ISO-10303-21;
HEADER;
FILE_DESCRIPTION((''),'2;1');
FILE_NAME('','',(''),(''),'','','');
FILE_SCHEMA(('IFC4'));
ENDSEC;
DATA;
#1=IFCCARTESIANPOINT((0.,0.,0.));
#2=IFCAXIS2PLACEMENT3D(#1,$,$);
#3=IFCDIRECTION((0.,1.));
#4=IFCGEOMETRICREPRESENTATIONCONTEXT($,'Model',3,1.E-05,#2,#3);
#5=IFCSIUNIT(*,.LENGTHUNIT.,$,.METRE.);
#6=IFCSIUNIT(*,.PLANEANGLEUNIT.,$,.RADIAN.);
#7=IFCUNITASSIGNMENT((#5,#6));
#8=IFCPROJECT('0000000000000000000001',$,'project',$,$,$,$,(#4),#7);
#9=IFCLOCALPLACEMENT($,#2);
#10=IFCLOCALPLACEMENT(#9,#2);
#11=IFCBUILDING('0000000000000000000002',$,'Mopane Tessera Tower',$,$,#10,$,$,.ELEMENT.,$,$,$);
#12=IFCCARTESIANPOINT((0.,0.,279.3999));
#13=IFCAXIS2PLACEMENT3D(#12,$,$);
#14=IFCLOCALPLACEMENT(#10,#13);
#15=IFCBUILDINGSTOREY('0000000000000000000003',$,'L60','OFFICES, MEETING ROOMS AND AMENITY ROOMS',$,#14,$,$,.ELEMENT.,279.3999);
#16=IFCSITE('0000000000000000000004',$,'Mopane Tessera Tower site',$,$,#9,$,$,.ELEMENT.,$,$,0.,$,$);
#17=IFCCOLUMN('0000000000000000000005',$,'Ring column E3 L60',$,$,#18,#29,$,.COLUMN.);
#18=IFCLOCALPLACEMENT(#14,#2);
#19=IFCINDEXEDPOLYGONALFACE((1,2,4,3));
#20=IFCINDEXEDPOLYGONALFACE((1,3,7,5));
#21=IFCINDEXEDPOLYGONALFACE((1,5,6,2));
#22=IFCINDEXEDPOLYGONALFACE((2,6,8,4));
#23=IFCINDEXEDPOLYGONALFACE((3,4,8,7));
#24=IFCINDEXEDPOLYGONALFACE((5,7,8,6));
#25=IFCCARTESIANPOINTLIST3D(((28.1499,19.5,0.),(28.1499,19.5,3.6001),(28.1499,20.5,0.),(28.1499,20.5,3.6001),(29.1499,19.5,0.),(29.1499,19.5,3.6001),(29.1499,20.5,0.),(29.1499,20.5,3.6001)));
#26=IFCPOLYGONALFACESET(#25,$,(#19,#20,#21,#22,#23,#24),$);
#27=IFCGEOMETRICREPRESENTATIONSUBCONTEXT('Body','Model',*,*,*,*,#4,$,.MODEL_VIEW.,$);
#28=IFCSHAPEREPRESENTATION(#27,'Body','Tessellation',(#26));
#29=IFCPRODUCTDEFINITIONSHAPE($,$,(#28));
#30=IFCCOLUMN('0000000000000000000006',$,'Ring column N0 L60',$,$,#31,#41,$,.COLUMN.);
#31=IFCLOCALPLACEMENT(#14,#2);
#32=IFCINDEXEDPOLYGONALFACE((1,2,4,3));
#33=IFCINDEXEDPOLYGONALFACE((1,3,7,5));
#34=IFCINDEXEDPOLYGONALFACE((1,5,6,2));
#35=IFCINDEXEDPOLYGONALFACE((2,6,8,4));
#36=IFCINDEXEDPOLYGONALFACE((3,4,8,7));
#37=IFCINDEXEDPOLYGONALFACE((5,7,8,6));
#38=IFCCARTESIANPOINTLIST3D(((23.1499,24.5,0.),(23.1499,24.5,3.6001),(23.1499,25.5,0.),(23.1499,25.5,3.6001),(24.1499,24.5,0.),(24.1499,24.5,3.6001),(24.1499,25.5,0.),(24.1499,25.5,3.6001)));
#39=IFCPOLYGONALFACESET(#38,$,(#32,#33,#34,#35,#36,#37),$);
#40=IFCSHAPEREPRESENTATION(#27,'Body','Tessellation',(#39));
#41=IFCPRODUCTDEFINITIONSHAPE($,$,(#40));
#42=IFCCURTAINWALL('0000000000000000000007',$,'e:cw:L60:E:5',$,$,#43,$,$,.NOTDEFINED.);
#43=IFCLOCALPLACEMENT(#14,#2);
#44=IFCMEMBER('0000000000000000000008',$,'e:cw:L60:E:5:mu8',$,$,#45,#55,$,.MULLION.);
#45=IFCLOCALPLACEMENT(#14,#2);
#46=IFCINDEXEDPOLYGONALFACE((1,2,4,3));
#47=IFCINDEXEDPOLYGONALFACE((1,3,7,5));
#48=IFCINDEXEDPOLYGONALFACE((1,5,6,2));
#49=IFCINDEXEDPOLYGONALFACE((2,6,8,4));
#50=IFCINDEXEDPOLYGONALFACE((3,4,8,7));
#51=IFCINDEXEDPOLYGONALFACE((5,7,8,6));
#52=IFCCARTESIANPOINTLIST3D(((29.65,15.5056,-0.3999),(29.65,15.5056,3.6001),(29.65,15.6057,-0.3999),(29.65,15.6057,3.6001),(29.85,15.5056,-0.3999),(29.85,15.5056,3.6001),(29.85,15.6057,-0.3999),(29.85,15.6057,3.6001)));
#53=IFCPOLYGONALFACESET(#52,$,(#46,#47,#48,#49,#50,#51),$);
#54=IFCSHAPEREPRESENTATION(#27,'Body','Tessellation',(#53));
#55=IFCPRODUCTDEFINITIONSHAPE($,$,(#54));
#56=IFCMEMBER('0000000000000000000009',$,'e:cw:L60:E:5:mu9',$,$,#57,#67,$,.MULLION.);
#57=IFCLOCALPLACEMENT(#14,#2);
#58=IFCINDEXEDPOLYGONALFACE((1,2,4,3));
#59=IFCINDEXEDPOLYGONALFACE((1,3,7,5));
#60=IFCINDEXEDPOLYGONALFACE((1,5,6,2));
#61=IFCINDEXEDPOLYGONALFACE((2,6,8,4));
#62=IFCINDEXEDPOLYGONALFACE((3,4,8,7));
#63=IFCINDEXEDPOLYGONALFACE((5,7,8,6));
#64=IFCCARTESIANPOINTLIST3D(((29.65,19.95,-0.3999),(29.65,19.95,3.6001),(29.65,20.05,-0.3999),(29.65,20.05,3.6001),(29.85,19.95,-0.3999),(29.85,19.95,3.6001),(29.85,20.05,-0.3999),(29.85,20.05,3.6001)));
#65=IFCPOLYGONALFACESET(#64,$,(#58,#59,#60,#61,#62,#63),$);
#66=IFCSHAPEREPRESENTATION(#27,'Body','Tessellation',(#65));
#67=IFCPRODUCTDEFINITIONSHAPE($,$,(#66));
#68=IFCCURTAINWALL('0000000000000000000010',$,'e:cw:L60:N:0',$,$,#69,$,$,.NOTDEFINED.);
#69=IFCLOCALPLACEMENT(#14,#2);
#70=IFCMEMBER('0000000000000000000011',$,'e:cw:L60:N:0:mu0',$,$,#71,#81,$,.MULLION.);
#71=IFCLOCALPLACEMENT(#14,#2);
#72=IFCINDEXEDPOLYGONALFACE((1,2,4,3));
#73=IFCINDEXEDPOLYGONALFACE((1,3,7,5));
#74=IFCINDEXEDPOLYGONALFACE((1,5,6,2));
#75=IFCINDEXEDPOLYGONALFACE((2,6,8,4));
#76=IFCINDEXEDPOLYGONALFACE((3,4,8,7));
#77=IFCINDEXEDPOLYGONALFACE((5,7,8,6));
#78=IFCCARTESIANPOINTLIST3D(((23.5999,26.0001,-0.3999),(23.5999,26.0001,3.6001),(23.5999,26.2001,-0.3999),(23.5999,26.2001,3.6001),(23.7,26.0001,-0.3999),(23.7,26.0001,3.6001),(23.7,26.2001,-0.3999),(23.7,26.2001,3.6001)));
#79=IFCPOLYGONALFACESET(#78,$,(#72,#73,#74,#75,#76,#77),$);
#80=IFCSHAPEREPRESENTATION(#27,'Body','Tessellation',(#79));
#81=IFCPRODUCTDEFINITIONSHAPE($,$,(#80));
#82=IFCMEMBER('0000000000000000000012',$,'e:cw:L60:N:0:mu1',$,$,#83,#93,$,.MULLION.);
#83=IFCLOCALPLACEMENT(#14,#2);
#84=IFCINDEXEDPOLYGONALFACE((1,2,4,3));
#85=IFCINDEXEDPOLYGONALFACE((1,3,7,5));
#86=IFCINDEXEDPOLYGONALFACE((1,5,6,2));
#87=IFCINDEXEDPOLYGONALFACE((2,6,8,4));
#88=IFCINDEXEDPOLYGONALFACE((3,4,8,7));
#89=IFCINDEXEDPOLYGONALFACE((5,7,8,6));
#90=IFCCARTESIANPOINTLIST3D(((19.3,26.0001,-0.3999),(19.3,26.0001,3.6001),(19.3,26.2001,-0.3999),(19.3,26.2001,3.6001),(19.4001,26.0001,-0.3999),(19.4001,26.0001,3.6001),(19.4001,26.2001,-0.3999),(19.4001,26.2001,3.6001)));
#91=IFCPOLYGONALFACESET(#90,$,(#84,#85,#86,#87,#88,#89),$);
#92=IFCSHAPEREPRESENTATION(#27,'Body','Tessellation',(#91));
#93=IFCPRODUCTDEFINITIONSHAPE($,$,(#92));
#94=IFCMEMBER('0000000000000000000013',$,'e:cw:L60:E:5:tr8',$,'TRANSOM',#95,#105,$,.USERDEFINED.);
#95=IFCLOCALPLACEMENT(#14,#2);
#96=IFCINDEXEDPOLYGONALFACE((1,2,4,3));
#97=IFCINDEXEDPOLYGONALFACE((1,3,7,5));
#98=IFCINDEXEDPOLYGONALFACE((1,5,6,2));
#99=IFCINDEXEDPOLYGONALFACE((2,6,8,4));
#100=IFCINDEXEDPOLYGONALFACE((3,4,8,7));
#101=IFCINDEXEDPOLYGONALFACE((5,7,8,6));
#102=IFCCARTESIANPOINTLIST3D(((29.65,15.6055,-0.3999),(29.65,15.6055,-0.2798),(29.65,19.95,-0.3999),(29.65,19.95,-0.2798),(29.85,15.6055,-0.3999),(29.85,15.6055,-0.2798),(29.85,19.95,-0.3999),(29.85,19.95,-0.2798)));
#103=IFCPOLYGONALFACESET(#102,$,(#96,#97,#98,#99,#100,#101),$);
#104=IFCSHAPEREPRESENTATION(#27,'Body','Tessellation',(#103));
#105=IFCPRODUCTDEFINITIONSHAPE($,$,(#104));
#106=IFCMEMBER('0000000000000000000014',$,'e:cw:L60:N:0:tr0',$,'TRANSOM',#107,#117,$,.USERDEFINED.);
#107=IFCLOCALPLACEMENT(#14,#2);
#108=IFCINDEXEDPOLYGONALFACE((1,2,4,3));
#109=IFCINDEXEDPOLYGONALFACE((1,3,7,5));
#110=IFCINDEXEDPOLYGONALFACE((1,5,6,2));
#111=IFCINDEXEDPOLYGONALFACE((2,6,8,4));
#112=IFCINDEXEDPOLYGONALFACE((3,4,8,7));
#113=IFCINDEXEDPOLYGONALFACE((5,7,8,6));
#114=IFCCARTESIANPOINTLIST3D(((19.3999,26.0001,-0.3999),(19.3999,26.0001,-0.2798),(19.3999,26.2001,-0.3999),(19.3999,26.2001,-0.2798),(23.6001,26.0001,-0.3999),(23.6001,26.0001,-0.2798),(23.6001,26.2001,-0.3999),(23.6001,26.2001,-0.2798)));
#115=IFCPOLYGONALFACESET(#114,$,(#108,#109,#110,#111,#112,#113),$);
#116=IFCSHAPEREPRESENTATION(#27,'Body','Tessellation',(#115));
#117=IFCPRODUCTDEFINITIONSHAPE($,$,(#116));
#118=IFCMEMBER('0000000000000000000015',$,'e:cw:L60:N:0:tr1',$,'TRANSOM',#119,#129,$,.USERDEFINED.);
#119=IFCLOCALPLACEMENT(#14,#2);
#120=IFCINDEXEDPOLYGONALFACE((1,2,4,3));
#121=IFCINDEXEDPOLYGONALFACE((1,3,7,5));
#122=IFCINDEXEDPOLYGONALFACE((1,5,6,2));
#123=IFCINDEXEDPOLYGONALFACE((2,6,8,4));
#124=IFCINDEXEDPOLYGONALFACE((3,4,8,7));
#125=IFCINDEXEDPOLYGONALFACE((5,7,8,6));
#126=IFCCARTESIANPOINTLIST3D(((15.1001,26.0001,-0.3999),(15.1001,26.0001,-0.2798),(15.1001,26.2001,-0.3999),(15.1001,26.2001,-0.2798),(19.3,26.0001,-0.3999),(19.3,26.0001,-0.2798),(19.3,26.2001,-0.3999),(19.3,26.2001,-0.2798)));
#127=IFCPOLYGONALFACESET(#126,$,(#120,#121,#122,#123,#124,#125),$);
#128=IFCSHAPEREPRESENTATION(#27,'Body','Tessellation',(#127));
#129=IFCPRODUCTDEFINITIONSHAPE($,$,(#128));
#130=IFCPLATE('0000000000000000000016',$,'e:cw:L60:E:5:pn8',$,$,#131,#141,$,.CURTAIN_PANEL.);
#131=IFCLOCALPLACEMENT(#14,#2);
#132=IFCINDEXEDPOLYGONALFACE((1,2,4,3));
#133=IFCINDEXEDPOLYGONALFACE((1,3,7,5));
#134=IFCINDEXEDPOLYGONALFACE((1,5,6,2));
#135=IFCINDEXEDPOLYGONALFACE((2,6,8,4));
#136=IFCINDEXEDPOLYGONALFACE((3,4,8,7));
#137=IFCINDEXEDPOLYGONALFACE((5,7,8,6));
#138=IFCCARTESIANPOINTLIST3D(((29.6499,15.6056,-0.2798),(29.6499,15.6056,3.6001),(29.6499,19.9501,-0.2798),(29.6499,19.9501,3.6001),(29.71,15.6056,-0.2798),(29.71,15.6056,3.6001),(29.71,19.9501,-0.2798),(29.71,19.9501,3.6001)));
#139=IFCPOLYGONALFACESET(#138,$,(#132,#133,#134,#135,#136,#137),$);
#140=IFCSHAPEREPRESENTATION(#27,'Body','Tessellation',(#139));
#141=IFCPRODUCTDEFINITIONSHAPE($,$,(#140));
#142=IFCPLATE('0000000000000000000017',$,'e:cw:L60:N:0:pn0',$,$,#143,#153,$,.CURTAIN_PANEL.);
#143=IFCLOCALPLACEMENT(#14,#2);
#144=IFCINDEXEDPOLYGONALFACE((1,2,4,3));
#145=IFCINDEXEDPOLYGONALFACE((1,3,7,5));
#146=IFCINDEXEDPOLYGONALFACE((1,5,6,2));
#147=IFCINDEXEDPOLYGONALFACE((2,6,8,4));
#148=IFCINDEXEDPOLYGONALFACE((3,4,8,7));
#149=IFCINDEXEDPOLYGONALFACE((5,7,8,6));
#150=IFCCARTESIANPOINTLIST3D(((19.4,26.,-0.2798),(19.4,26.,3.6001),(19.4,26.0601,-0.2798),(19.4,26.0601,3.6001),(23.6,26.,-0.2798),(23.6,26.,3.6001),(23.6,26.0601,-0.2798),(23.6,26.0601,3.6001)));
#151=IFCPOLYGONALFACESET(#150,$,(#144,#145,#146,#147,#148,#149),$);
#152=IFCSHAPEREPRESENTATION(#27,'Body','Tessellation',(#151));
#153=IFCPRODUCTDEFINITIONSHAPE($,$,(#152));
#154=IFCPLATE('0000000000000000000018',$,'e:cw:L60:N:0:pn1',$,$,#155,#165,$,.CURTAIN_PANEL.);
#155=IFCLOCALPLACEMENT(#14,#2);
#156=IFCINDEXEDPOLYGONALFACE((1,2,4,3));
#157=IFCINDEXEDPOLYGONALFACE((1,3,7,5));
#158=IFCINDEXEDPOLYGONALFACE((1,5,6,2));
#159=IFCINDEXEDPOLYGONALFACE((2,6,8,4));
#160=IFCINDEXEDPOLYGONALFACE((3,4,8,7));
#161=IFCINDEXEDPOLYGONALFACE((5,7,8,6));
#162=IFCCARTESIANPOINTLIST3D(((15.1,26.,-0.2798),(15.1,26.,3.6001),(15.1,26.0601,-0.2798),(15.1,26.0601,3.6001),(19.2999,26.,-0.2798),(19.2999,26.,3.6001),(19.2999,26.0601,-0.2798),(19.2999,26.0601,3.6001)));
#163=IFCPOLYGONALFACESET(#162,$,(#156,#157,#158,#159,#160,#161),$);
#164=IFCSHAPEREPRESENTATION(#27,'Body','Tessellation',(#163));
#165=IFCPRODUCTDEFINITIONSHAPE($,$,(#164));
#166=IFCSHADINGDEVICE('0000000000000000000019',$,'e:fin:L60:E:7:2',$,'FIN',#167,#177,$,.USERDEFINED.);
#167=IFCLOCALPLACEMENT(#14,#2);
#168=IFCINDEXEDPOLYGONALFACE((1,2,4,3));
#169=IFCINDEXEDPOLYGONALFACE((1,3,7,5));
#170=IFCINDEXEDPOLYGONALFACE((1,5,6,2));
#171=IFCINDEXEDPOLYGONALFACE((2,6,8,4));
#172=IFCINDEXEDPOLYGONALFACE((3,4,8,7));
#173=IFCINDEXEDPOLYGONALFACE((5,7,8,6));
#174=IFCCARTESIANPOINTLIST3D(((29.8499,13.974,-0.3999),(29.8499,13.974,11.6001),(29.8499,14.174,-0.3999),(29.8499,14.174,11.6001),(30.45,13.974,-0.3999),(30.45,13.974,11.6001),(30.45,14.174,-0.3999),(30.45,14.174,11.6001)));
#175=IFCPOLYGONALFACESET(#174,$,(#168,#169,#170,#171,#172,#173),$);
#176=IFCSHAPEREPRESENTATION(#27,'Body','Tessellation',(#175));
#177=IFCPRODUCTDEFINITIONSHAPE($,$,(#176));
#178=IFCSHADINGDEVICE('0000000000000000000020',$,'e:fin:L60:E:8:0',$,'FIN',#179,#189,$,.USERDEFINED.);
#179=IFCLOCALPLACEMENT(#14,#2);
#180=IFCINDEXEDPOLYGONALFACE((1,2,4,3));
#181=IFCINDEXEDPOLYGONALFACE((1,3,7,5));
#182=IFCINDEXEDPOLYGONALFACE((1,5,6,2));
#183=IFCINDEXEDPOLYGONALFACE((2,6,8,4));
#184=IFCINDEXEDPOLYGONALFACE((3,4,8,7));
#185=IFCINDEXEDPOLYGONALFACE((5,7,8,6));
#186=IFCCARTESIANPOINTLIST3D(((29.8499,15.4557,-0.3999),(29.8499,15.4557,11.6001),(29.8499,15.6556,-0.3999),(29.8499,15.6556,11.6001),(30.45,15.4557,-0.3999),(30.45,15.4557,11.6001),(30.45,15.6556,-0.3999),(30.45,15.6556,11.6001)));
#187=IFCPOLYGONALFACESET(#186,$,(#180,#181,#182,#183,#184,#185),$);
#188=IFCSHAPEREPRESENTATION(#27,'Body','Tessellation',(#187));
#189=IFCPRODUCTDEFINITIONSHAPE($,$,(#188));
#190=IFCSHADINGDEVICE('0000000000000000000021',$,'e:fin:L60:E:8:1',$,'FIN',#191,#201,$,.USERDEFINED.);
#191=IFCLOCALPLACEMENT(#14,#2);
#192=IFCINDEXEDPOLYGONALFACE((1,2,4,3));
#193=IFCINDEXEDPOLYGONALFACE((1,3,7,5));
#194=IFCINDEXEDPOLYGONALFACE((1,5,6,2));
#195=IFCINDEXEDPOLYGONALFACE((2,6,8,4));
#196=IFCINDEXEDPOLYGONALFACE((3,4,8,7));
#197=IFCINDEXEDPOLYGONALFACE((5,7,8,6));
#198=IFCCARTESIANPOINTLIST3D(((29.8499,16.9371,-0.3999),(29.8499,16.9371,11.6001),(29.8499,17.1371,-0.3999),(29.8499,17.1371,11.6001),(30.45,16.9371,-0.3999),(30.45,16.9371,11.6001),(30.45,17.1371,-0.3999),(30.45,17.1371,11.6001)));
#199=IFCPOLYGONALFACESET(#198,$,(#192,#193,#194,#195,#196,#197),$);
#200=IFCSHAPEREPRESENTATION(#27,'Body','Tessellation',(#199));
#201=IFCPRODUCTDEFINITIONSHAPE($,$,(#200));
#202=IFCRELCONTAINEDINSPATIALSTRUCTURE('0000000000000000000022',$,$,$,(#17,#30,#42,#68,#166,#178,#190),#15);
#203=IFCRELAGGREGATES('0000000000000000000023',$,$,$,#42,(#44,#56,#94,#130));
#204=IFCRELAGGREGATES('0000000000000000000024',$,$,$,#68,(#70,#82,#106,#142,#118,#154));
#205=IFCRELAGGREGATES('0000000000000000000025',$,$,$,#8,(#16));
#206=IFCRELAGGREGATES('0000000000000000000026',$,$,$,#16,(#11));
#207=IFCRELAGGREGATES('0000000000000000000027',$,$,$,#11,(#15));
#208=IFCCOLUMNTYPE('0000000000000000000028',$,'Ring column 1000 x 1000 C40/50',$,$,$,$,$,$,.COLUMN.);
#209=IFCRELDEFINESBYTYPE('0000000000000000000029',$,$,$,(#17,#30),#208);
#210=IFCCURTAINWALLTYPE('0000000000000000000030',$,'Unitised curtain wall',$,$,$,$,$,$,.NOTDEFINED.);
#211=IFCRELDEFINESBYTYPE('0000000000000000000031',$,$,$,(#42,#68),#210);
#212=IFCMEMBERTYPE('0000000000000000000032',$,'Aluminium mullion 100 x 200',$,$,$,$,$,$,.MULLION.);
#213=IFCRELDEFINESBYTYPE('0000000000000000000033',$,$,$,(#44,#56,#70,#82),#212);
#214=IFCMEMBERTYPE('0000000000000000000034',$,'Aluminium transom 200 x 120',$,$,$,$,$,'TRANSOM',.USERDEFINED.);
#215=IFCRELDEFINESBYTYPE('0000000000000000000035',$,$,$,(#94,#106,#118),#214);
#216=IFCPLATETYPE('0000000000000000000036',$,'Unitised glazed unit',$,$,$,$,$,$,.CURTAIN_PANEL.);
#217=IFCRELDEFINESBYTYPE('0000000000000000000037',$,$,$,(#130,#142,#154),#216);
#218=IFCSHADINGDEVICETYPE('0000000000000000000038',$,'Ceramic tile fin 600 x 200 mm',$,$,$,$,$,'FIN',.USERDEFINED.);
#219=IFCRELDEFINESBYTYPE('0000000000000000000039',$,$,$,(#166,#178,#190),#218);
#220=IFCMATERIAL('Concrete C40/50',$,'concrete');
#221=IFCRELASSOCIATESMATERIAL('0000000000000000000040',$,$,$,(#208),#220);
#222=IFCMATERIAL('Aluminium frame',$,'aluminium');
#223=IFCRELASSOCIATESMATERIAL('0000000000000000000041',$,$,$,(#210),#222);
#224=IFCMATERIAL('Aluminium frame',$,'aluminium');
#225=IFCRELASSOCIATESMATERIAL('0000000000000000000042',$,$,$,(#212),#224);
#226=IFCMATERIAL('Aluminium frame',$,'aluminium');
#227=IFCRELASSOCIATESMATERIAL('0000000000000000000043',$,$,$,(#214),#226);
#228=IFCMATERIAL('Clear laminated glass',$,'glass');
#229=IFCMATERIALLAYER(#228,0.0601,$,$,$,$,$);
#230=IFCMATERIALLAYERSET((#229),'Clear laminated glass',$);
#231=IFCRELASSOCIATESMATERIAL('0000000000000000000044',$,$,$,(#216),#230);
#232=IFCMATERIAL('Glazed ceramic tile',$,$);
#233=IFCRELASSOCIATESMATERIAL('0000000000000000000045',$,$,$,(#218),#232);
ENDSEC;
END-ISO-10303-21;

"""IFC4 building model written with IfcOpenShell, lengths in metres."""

from ifc_helpers import new_model, si_unit, direction, frame, origin, origin_2d, place, context, subcontext, project, spatial, rectangle, extrude, material, layer, layer_set, material_profile, profile_set, type_object, element, aggregate, save


model = new_model("IFC4")

# Units and contexts
model_context = context("Model", 3, precision=1e-05, world=origin(), true_north=direction((0.0, 1.0)))
body_context = subcontext(model_context, "Body", "Model", "MODEL_VIEW")
ifc_project = project(units=[si_unit("LENGTHUNIT", "METRE"), si_unit("PLANEANGLEUNIT", "RADIAN")], contexts=[model_context])

# Site, building, storey
site_placement = place(None, origin())
site = spatial("IfcSite", under=ifc_project, at=site_placement, Name="Mopane Tessera Tower site", CompositionType="ELEMENT", RefElevation=0.0)
building_placement = place(site_placement, origin())
building = spatial("IfcBuilding", under=site, at=building_placement, Name="Mopane Tessera Tower", CompositionType="ELEMENT")
storey_placement = place(building_placement, frame((0.0, 0.0, 279.3999)))
storey = spatial("IfcBuildingStorey", under=building, at=storey_placement, Name="L60", Description="OFFICES, MEETING ROOMS AND AMENITY ROOMS", CompositionType="ELEMENT", Elevation=279.3999)

# Columns
ifc_material_1 = material(Name="Concrete C40/50", Category="concrete")
ifc_material_profile_1 = material_profile(ifc_material_1, rectangle(XDim=1.0, YDim=1.0, at=origin_2d()))
ifc_profile_set_1 = profile_set([ifc_material_profile_1], Name="Concrete C40/50")
column_type = type_object("IfcColumnType", Name="Ring column 1000 x 1000 C40/50", PredefinedType="COLUMN", material=ifc_profile_set_1)
for number, where, z_axis, x_axis, name in (
    (1, (28.6499, 20.0, 0.0), (0.0, 0.0, 1.0), (1.0, 0.0, 0.0), "Ring column E3 L60"),
    (2, (23.6499, 25.0, 0.0), (0.0, 0.0, 1.0), (1.0, 0.0, 0.0), "Ring column N0 L60"),
):
    element("IfcColumn", number, at=place(storey_placement, frame(where, z_axis=z_axis, x_axis=x_axis)), inside=storey, type_object=column_type, Name=name, PredefinedType="COLUMN", context=body_context, shape_type="SweptSolid", body=[
        extrude(rectangle(XDim=1.0, YDim=1.0, at=origin_2d()), origin(), (0.0, 0.0, 1.0), 3.6001),
    ])

# Curtain walls, members
ifc_material_2 = material(Name="Aluminium frame", Category="aluminium")
curtain_wall_type = type_object("IfcCurtainWallType", Name="Unitised curtain wall", PredefinedType="NOTDEFINED", material=ifc_material_2)
curtain_wall_1_placement = place(storey_placement, origin())
curtain_wall_1 = element("IfcCurtainWall", 3, at=curtain_wall_1_placement, inside=storey, type_object=curtain_wall_type, Name="e:cw:L60:E:5", PredefinedType="NOTDEFINED")
ifc_material_3 = material(Name="Aluminium frame", Category="aluminium")
ifc_material_profile_2 = material_profile(ifc_material_3, rectangle(XDim=0.1001, YDim=0.2, at=origin_2d()))
ifc_profile_set_2 = profile_set([ifc_material_profile_2], Name="Aluminium frame")
member_type_1 = type_object("IfcMemberType", Name="Aluminium mullion 100 x 200", PredefinedType="MULLION", material=ifc_profile_set_2)
member_1_placement = place(storey_placement, frame((29.75, 15.5557, -0.3999), z_axis=(0.0, 0.0, 1.0), x_axis=(0.0, 1.0, 0.0)))
member_1 = element("IfcMember", 4, at=member_1_placement, type_object=member_type_1, Name="e:cw:L60:E:5:mu8", PredefinedType="MULLION", context=body_context, shape_type="SweptSolid", body=[
    extrude(rectangle(XDim=0.1001, YDim=0.2, at=origin_2d()), origin(), (0.0, 0.0, 1.0), 4.0),
])
member_2_placement = place(storey_placement, frame((29.75, 20.0, -0.3999), z_axis=(0.0, 0.0, 1.0), x_axis=(0.0, 1.0, 0.0)))
member_2 = element("IfcMember", 5, at=member_2_placement, type_object=member_type_1, Name="e:cw:L60:E:5:mu9", PredefinedType="MULLION", context=body_context, shape_type="SweptSolid", body=[
    extrude(rectangle(XDim=0.1001, YDim=0.2, at=origin_2d()), origin(), (0.0, 0.0, 1.0), 4.0),
])
curtain_wall_2_placement = place(storey_placement, origin())
curtain_wall_2 = element("IfcCurtainWall", 6, at=curtain_wall_2_placement, inside=storey, type_object=curtain_wall_type, Name="e:cw:L60:N:0", PredefinedType="NOTDEFINED")
member_3_placement = place(storey_placement, frame((23.6499, 26.1001, -0.3999), z_axis=(0.0, 0.0, 1.0), x_axis=(-1.0, 0.0, 0.0)))
member_3 = element("IfcMember", 7, at=member_3_placement, type_object=member_type_1, Name="e:cw:L60:N:0:mu0", PredefinedType="MULLION", context=body_context, shape_type="SweptSolid", body=[
    extrude(rectangle(XDim=0.1001, YDim=0.2, at=origin_2d()), origin(), (0.0, 0.0, 1.0), 4.0),
])
member_4_placement = place(storey_placement, frame((19.3501, 26.1001, -0.3999), z_axis=(0.0, 0.0, 1.0), x_axis=(-1.0, 0.0, 0.0)))
member_4 = element("IfcMember", 8, at=member_4_placement, type_object=member_type_1, Name="e:cw:L60:N:0:mu1", PredefinedType="MULLION", context=body_context, shape_type="SweptSolid", body=[
    extrude(rectangle(XDim=0.1001, YDim=0.2, at=origin_2d()), origin(), (0.0, 0.0, 1.0), 4.0),
])

# Members
ifc_material_4 = material(Name="Aluminium frame", Category="aluminium")
ifc_material_profile_3 = material_profile(ifc_material_4, rectangle(XDim=0.2, YDim=0.1201, at=origin_2d()))
ifc_profile_set_3 = profile_set([ifc_material_profile_3], Name="Aluminium frame")
member_type_2 = type_object("IfcMemberType", Name="Aluminium transom 200 x 120", ElementType="TRANSOM", PredefinedType="USERDEFINED", material=ifc_profile_set_3)
member_5_placement = place(storey_placement, frame((29.75, 15.6055, -0.3398), z_axis=(0.0, 1.0, 0.0), x_axis=(-1.0, 0.0, 0.0)))
member_5 = element("IfcMember", 9, at=member_5_placement, type_object=member_type_2, Name="e:cw:L60:E:5:tr8", ObjectType="TRANSOM", PredefinedType="USERDEFINED", context=body_context, shape_type="SweptSolid", body=[
    extrude(rectangle(XDim=0.2, YDim=0.1201, at=origin_2d()), origin(), (0.0, 0.0, 1.0), 4.3445),
])
member_6_placement = place(storey_placement, frame((23.6001, 26.1001, -0.3398), z_axis=(-1.0, 0.0, 0.0), x_axis=(0.0, -1.0, 0.0)))
member_6 = element("IfcMember", 10, at=member_6_placement, type_object=member_type_2, Name="e:cw:L60:N:0:tr0", ObjectType="TRANSOM", PredefinedType="USERDEFINED", context=body_context, shape_type="SweptSolid", body=[
    extrude(rectangle(XDim=0.2, YDim=0.1201, at=origin_2d()), origin(), (0.0, 0.0, 1.0), 4.2002),
])
member_7_placement = place(storey_placement, frame((19.3, 26.1001, -0.3398), z_axis=(-1.0, 0.0, 0.0), x_axis=(0.0, -1.0, 0.0)))
member_7 = element("IfcMember", 11, at=member_7_placement, type_object=member_type_2, Name="e:cw:L60:N:0:tr1", ObjectType="TRANSOM", PredefinedType="USERDEFINED", context=body_context, shape_type="SweptSolid", body=[
    extrude(rectangle(XDim=0.2, YDim=0.1201, at=origin_2d()), origin(), (0.0, 0.0, 1.0), 4.2),
])

# Plates
ifc_material_5 = material(Name="Clear laminated glass", Category="glass")
ifc_layer = layer(ifc_material_5, 0.0601)
ifc_layer_set = layer_set([ifc_layer], Name="Clear laminated glass")
plate_type = type_object("IfcPlateType", Name="Unitised glazed unit", PredefinedType="CURTAIN_PANEL", material=ifc_layer_set)
plate_1_placement = place(storey_placement, frame((29.6799, 17.7778, -0.2798), z_axis=(0.0, 0.0, 1.0), x_axis=(0.0, 1.0, 0.0)))
plate_1 = element("IfcPlate", 12, at=plate_1_placement, type_object=plate_type, Name="e:cw:L60:E:5:pn8", PredefinedType="CURTAIN_PANEL", context=body_context, shape_type="SweptSolid", body=[
    extrude(rectangle(XDim=4.3445, YDim=0.0601, at=origin_2d()), origin(), (0.0, 0.0, 1.0), 3.8799),
])
aggregate(curtain_wall_1, [member_1, member_2, member_5, plate_1])
plate_2_placement = place(storey_placement, frame((21.5, 26.03, -0.2798), z_axis=(0.0, 0.0, 1.0), x_axis=(-1.0, 0.0, 0.0)))
plate_2 = element("IfcPlate", 13, at=plate_2_placement, type_object=plate_type, Name="e:cw:L60:N:0:pn0", PredefinedType="CURTAIN_PANEL", context=body_context, shape_type="SweptSolid", body=[
    extrude(rectangle(XDim=4.2, YDim=0.0601, at=origin_2d()), origin(), (0.0, 0.0, 1.0), 3.8799),
])
plate_3_placement = place(storey_placement, frame((17.2, 26.03, -0.2798), z_axis=(0.0, 0.0, 1.0), x_axis=(-1.0, 0.0, 0.0)))
plate_3 = element("IfcPlate", 14, at=plate_3_placement, type_object=plate_type, Name="e:cw:L60:N:0:pn1", PredefinedType="CURTAIN_PANEL", context=body_context, shape_type="SweptSolid", body=[
    extrude(rectangle(XDim=4.2, YDim=0.0601, at=origin_2d()), origin(), (0.0, 0.0, 1.0), 3.8799),
])
aggregate(curtain_wall_2, [member_3, member_4, member_6, plate_2, member_7, plate_3])

# Shading devices
ifc_material_6 = material(Name="Glazed ceramic tile")
shading_device_type = type_object("IfcShadingDeviceType", Name="Ceramic tile fin 600 x 200 mm", ElementType="FIN", PredefinedType="USERDEFINED", material=ifc_material_6)
for number, where, z_axis, x_axis, name in (
    (15, (30.1499, 14.074, -0.3999), (0.0, 0.0, 1.0), (0.0, 1.0, 0.0), "e:fin:L60:E:7:2"),
    (16, (30.1499, 15.5557, -0.3999), (0.0, 0.0, 1.0), (0.0, 1.0, 0.0), "e:fin:L60:E:8:0"),
    (17, (30.1499, 17.0371, -0.3999), (0.0, 0.0, 1.0), (0.0, 1.0, 0.0), "e:fin:L60:E:8:1"),
):
    element("IfcShadingDevice", number, at=place(storey_placement, frame(where, z_axis=z_axis, x_axis=x_axis)), inside=storey, type_object=shading_device_type, Name=name, ObjectType="FIN", PredefinedType="USERDEFINED", context=body_context, shape_type="SweptSolid", body=[
        extrude(rectangle(XDim=0.2, YDim=0.6001, at=origin_2d()), origin(), (0.0, 0.0, 1.0), 12.0),
    ])

save(model, "model.ifc")
